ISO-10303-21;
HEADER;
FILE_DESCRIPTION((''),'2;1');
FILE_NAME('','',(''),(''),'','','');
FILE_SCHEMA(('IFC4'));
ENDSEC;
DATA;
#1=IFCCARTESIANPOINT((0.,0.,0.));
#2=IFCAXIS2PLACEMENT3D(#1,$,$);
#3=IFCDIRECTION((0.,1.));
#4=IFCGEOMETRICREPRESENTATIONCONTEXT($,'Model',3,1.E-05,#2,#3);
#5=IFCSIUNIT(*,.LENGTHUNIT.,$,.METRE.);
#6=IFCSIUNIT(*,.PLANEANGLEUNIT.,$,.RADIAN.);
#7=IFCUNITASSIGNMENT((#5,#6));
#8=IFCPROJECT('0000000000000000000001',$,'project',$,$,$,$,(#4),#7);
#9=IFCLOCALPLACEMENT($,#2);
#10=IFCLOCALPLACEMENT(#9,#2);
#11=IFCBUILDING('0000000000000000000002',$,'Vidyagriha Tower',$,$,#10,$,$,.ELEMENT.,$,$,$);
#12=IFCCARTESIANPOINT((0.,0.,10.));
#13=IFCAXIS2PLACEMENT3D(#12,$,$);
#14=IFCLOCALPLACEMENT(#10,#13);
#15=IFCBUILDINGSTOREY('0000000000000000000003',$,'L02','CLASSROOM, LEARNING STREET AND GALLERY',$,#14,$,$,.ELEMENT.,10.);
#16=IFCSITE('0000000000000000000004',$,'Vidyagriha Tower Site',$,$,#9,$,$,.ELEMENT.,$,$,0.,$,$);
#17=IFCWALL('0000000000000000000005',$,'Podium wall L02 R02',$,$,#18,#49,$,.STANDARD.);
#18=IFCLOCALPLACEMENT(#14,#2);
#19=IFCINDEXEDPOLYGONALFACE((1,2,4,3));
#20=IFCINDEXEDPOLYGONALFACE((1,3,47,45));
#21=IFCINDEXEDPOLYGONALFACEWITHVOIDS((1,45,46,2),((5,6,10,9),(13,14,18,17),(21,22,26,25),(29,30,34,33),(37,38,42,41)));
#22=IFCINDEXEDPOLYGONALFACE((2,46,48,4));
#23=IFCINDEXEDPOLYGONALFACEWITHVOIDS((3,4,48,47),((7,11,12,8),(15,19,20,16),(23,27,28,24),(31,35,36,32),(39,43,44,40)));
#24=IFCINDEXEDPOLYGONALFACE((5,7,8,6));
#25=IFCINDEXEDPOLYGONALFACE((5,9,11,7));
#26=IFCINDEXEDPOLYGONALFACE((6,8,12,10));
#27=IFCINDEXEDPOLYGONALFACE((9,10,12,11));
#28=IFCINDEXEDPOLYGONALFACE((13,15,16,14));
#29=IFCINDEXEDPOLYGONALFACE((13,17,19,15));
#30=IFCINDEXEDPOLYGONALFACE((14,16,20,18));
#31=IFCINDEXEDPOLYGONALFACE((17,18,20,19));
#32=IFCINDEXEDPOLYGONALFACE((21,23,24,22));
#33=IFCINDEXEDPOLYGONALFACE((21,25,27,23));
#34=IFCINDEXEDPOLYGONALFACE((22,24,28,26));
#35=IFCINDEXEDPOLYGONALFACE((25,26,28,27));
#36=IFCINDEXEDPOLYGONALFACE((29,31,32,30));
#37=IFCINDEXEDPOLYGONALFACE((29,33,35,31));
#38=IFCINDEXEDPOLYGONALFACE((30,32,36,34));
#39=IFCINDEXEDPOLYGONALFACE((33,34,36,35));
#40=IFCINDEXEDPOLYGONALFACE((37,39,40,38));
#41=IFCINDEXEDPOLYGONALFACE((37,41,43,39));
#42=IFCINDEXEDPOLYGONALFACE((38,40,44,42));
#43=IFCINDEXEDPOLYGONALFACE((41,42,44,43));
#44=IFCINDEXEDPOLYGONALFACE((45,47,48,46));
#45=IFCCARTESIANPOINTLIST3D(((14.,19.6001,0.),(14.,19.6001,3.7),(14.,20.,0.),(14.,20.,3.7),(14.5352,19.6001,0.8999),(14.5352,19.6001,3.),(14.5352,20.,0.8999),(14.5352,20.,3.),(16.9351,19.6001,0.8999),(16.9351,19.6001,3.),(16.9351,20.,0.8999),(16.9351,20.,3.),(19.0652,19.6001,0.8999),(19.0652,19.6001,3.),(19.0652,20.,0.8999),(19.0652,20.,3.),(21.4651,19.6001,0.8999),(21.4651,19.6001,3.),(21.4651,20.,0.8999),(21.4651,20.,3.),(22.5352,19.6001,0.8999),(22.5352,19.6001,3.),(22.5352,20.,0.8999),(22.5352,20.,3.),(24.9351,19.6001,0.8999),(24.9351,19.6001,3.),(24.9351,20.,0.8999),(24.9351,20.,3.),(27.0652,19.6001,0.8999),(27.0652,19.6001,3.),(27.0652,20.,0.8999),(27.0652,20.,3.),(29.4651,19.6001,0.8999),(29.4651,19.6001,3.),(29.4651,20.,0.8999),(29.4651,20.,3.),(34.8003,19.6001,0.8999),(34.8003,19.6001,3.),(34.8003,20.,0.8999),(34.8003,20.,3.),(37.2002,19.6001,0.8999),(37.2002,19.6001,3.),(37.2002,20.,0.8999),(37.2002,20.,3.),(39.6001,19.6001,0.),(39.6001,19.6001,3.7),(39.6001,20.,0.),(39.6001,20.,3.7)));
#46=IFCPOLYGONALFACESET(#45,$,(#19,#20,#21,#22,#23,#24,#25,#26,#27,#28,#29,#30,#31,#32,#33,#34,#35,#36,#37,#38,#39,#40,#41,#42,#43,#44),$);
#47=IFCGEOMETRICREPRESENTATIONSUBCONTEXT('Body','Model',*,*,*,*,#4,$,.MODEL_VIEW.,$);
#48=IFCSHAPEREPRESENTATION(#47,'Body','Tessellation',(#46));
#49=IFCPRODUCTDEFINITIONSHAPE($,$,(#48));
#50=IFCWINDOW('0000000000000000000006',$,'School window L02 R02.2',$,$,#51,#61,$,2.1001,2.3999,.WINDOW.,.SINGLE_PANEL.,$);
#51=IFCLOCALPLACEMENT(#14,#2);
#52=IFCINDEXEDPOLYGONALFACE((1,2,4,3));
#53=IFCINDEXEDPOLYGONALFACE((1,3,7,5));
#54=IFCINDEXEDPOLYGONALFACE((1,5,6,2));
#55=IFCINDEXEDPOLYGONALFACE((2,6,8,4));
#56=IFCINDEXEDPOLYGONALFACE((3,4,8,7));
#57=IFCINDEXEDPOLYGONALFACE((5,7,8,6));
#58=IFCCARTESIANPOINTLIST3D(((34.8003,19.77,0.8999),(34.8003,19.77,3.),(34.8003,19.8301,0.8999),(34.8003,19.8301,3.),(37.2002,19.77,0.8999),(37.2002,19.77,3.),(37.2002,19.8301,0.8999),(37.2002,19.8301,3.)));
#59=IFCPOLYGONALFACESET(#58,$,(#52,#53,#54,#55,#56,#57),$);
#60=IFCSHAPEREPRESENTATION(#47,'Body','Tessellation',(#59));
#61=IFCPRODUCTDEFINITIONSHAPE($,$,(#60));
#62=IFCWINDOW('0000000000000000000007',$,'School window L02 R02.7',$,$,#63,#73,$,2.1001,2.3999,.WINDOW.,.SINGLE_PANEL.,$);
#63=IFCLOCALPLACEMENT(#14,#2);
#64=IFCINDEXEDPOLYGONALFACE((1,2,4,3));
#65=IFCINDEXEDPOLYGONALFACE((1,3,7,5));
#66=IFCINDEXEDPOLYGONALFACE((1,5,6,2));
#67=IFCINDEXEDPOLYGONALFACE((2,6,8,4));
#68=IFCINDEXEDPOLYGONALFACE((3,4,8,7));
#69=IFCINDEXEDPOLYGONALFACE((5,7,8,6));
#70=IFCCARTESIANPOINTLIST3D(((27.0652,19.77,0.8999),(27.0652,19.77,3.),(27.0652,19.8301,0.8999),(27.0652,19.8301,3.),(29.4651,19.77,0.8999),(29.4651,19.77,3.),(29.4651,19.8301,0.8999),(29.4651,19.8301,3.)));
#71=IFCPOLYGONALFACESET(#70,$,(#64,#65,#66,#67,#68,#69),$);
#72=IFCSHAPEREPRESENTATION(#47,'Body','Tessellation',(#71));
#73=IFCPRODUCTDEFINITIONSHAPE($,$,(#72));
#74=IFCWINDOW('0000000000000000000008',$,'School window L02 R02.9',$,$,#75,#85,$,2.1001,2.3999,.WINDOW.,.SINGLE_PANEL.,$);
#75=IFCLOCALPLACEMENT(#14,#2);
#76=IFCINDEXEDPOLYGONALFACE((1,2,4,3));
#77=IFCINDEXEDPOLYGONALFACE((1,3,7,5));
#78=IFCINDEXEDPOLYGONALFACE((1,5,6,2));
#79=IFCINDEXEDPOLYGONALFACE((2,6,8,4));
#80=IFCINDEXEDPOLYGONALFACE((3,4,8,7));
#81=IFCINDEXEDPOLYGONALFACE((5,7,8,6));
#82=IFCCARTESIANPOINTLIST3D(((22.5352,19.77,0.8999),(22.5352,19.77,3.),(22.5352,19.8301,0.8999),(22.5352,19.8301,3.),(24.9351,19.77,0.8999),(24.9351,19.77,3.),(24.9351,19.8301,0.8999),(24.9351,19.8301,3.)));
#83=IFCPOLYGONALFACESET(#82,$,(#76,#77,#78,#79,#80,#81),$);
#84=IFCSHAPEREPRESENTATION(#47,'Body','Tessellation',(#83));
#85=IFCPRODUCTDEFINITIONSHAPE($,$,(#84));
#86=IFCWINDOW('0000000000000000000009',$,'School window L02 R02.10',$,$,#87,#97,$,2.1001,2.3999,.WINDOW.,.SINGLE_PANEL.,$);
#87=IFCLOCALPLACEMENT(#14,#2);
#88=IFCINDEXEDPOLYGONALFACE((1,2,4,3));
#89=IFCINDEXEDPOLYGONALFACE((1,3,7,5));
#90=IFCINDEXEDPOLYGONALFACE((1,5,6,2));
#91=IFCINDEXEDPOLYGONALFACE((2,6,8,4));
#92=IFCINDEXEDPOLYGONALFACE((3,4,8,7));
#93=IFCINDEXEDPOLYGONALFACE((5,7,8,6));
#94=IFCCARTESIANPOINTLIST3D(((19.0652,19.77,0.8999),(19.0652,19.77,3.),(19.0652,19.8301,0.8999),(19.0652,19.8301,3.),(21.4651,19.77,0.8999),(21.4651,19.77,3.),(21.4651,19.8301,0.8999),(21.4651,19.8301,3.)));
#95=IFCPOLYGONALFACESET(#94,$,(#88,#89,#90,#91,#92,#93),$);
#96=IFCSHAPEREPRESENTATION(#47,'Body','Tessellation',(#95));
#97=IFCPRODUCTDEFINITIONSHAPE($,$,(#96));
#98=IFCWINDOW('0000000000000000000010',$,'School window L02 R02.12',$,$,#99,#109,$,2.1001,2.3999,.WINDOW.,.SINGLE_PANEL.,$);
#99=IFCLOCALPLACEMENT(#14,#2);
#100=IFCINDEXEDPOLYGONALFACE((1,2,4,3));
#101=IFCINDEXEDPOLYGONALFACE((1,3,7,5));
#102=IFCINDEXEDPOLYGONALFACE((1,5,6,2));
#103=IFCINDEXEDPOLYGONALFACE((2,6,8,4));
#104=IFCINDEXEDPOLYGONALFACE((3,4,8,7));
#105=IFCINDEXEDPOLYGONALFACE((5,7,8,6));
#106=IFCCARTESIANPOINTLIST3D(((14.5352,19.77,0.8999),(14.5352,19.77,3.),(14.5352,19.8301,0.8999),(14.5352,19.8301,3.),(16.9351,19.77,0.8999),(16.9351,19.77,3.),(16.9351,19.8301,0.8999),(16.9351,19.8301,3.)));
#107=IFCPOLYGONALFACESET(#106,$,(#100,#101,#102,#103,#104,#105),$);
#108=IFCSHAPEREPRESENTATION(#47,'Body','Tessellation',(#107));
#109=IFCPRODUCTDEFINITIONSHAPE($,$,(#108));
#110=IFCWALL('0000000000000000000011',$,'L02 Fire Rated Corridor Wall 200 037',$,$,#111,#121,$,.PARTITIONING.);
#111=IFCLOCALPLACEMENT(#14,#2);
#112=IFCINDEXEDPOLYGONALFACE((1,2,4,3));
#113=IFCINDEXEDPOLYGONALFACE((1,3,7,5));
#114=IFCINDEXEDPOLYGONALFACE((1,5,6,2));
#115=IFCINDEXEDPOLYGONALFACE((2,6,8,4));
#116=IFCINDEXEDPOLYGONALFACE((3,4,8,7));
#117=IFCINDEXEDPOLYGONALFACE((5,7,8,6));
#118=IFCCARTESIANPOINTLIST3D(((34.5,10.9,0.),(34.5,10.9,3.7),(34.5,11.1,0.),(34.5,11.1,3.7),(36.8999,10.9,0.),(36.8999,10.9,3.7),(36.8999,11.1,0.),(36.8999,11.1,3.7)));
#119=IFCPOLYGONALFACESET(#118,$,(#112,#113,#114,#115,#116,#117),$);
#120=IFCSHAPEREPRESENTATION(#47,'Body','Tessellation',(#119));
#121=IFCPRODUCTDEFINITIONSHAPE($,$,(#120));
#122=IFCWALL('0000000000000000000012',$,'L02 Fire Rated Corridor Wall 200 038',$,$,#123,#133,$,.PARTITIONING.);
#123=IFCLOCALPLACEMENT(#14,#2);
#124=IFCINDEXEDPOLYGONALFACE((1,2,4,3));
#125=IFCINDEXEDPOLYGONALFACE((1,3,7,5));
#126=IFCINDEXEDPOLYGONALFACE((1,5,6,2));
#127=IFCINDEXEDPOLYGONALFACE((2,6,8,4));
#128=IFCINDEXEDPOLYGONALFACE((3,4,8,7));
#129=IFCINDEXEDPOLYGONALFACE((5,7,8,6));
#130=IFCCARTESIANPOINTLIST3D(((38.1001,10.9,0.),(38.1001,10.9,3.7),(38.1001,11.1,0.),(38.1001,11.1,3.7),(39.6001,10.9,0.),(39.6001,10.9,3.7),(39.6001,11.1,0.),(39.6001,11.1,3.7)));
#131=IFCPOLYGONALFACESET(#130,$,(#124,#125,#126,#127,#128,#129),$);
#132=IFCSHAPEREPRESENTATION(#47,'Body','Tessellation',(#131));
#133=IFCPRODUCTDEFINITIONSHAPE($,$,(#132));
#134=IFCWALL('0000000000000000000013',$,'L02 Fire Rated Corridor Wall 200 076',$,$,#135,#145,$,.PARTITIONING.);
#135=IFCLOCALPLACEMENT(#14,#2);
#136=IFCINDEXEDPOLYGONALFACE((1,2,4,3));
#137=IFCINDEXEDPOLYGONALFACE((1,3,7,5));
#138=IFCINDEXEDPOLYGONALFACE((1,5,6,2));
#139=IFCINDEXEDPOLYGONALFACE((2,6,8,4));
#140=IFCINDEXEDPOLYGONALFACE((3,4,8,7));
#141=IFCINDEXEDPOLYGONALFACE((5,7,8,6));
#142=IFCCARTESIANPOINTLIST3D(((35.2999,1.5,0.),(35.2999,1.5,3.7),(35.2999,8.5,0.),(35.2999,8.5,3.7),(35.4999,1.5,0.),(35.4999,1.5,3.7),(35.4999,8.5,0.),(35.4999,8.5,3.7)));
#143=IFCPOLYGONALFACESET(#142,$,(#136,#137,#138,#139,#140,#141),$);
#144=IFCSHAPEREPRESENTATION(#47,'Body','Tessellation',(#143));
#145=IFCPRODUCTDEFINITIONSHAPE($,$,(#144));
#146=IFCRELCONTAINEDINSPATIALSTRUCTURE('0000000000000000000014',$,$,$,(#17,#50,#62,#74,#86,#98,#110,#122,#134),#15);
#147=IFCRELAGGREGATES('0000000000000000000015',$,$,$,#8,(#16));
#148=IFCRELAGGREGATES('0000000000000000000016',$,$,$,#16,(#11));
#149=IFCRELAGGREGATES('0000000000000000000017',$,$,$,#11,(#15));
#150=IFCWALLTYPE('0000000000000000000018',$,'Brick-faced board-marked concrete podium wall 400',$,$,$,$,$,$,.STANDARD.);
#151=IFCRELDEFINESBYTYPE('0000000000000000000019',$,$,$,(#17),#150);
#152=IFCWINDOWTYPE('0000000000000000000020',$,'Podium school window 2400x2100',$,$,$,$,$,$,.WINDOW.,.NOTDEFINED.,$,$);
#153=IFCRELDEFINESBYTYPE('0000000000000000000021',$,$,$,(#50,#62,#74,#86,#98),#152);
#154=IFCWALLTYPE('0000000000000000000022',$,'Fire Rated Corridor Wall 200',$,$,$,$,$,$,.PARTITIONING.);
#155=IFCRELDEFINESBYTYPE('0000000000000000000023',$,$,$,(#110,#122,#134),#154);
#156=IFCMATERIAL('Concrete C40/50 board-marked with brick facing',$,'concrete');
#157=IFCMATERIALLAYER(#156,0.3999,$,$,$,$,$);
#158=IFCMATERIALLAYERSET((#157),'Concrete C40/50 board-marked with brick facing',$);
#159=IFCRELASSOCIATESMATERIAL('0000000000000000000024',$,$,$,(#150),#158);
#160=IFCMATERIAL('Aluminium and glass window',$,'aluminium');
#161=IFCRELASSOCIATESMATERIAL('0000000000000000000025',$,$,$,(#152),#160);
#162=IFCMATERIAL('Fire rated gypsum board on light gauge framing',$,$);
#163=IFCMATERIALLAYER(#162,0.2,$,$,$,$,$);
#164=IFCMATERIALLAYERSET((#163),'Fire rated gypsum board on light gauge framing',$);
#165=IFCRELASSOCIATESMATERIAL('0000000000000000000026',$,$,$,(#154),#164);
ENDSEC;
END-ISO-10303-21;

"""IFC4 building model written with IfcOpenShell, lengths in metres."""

from ifc_helpers import new_model, si_unit, direction, frame, frame_2d, origin, place, context, subcontext, project, spatial, rectangle, extrude, material, layer, layer_set, type_object, element, fill, save


model = new_model("IFC4")

# Units and contexts
model_context = context("Model", 3, precision=1e-05, world=origin(), true_north=direction((0.0, 1.0)))
body_context = subcontext(model_context, "Body", "Model", "MODEL_VIEW")
ifc_project = project(units=[si_unit("LENGTHUNIT", "METRE"), si_unit("PLANEANGLEUNIT", "RADIAN")], contexts=[model_context])

# Site, building, storey
site_placement = place(None, origin())
site = spatial("IfcSite", under=ifc_project, at=site_placement, Name="Vidyagriha Tower Site", CompositionType="ELEMENT", RefElevation=0.0)
building_placement = place(site_placement, origin())
building = spatial("IfcBuilding", under=site, at=building_placement, Name="Vidyagriha Tower", CompositionType="ELEMENT")
storey_placement = place(building_placement, frame((0.0, 0.0, 10.0)))
storey = spatial("IfcBuildingStorey", under=building, at=storey_placement, Name="L02", Description="CLASSROOM, LEARNING STREET AND GALLERY", CompositionType="ELEMENT", Elevation=10.0)

# Wall, openings, windows
ifc_material_1 = material(Name="Concrete C40/50 board-marked with brick facing", Category="concrete")
ifc_layer_1 = layer(ifc_material_1, 0.3999)
ifc_layer_set_1 = layer_set([ifc_layer_1], Name="Concrete C40/50 board-marked with brick facing")
wall_type_1 = type_object("IfcWallType", Name="Brick-faced board-marked concrete podium wall 400", PredefinedType="STANDARD", material=ifc_layer_set_1)
wall_1_placement = place(storey_placement, frame((39.6001, 19.8, 0.0), z_axis=(0.0, 0.0, 1.0), x_axis=(-1.0, 0.0, 0.0)))
wall_1 = element("IfcWall", 1, at=wall_1_placement, inside=storey, type_object=wall_type_1, Name="Podium wall L02 R02", PredefinedType="STANDARD", context=body_context, shape_type="SweptSolid", body=[
    extrude(rectangle(XDim=25.6001, YDim=0.3999, at=frame_2d((12.8, 0.0))), origin(), (0.0, 0.0, 1.0), 3.7),
])
opening_1_placement = place(wall_1_placement, frame((2.3999, 0.0, 0.8999)))
opening_1 = element("IfcOpeningElement", 2, at=opening_1_placement, cuts=wall_1, PredefinedType="OPENING", context=body_context, shape_type="SweptSolid", body=[
    extrude(rectangle(XDim=2.3999, YDim=2.1001, at=frame_2d((1.2, 1.05))), frame((0.0, 0.21, 0.0), z_axis=(0.0, -1.0, 0.0), x_axis=(1.0, 0.0, 0.0)), (0.0, 0.0, 1.0), 0.4199),
])
opening_2_placement = place(wall_1_placement, frame((10.135, 0.0, 0.8999)))
opening_2 = element("IfcOpeningElement", 3, at=opening_2_placement, cuts=wall_1, PredefinedType="OPENING", context=body_context, shape_type="SweptSolid", body=[
    extrude(rectangle(XDim=2.3999, YDim=2.1001, at=frame_2d((1.2, 1.05))), frame((0.0, 0.21, 0.0), z_axis=(0.0, -1.0, 0.0), x_axis=(1.0, 0.0, 0.0)), (0.0, 0.0, 1.0), 0.4199),
])
opening_3_placement = place(wall_1_placement, frame((14.665, 0.0, 0.8999)))
opening_3 = element("IfcOpeningElement", 4, at=opening_3_placement, cuts=wall_1, PredefinedType="OPENING", context=body_context, shape_type="SweptSolid", body=[
    extrude(rectangle(XDim=2.3999, YDim=2.1001, at=frame_2d((1.2, 1.05))), frame((0.0, 0.21, 0.0), z_axis=(0.0, -1.0, 0.0), x_axis=(1.0, 0.0, 0.0)), (0.0, 0.0, 1.0), 0.4199),
])
opening_4_placement = place(wall_1_placement, frame((18.135, 0.0, 0.8999)))
opening_4 = element("IfcOpeningElement", 5, at=opening_4_placement, cuts=wall_1, PredefinedType="OPENING", context=body_context, shape_type="SweptSolid", body=[
    extrude(rectangle(XDim=2.3999, YDim=2.1001, at=frame_2d((1.2, 1.05))), frame((0.0, 0.21, 0.0), z_axis=(0.0, -1.0, 0.0), x_axis=(1.0, 0.0, 0.0)), (0.0, 0.0, 1.0), 0.4199),
])
opening_5_placement = place(wall_1_placement, frame((22.665, 0.0, 0.8999)))
opening_5 = element("IfcOpeningElement", 6, at=opening_5_placement, cuts=wall_1, PredefinedType="OPENING", context=body_context, shape_type="SweptSolid", body=[
    extrude(rectangle(XDim=2.3999, YDim=2.1001, at=frame_2d((1.2, 1.05))), frame((0.0, 0.21, 0.0), z_axis=(0.0, -1.0, 0.0), x_axis=(1.0, 0.0, 0.0)), (0.0, 0.0, 1.0), 0.4199),
])
ifc_material_2 = material(Name="Aluminium and glass window", Category="aluminium")
window_type = type_object("IfcWindowType", Name="Podium school window 2400x2100", PartitioningType="NOTDEFINED", PredefinedType="WINDOW", material=ifc_material_2)
window_1_placement = place(opening_1_placement, origin())
window_1 = element("IfcWindow", 7, at=window_1_placement, inside=storey, type_object=window_type, Name="School window L02 R02.2", OverallHeight=2.1001, OverallWidth=2.3999, PartitioningType="SINGLE_PANEL", PredefinedType="WINDOW", context=body_context, shape_type="SweptSolid", body=[
    extrude(rectangle(XDim=2.3999, YDim=2.1001, at=frame_2d((1.2, 1.05))), frame((0.0, 0.03, 0.0), z_axis=(0.0, -1.0, 0.0), x_axis=(1.0, 0.0, 0.0)), (0.0, 0.0, 1.0), 0.0601),
])
fill(opening_1, window_1)
window_2_placement = place(opening_2_placement, origin())
window_2 = element("IfcWindow", 8, at=window_2_placement, inside=storey, type_object=window_type, Name="School window L02 R02.7", OverallHeight=2.1001, OverallWidth=2.3999, PartitioningType="SINGLE_PANEL", PredefinedType="WINDOW", context=body_context, shape_type="SweptSolid", body=[
    extrude(rectangle(XDim=2.3999, YDim=2.1001, at=frame_2d((1.2, 1.05))), frame((0.0, 0.03, 0.0), z_axis=(0.0, -1.0, 0.0), x_axis=(1.0, 0.0, 0.0)), (0.0, 0.0, 1.0), 0.0601),
])
fill(opening_2, window_2)
window_3_placement = place(opening_3_placement, origin())
window_3 = element("IfcWindow", 9, at=window_3_placement, inside=storey, type_object=window_type, Name="School window L02 R02.9", OverallHeight=2.1001, OverallWidth=2.3999, PartitioningType="SINGLE_PANEL", PredefinedType="WINDOW", context=body_context, shape_type="SweptSolid", body=[
    extrude(rectangle(XDim=2.3999, YDim=2.1001, at=frame_2d((1.2, 1.05))), frame((0.0, 0.03, 0.0), z_axis=(0.0, -1.0, 0.0), x_axis=(1.0, 0.0, 0.0)), (0.0, 0.0, 1.0), 0.0601),
])
fill(opening_3, window_3)
window_4_placement = place(opening_4_placement, origin())
window_4 = element("IfcWindow", 10, at=window_4_placement, inside=storey, type_object=window_type, Name="School window L02 R02.10", OverallHeight=2.1001, OverallWidth=2.3999, PartitioningType="SINGLE_PANEL", PredefinedType="WINDOW", context=body_context, shape_type="SweptSolid", body=[
    extrude(rectangle(XDim=2.3999, YDim=2.1001, at=frame_2d((1.2, 1.05))), frame((0.0, 0.03, 0.0), z_axis=(0.0, -1.0, 0.0), x_axis=(1.0, 0.0, 0.0)), (0.0, 0.0, 1.0), 0.0601),
])
fill(opening_4, window_4)
window_5_placement = place(opening_5_placement, origin())
window_5 = element("IfcWindow", 11, at=window_5_placement, inside=storey, type_object=window_type, Name="School window L02 R02.12", OverallHeight=2.1001, OverallWidth=2.3999, PartitioningType="SINGLE_PANEL", PredefinedType="WINDOW", context=body_context, shape_type="SweptSolid", body=[
    extrude(rectangle(XDim=2.3999, YDim=2.1001, at=frame_2d((1.2, 1.05))), frame((0.0, 0.03, 0.0), z_axis=(0.0, -1.0, 0.0), x_axis=(1.0, 0.0, 0.0)), (0.0, 0.0, 1.0), 0.0601),
])
fill(opening_5, window_5)

# Walls
ifc_material_3 = material(Name="Fire rated gypsum board on light gauge framing")
ifc_layer_2 = layer(ifc_material_3, 0.2)
ifc_layer_set_2 = layer_set([ifc_layer_2], Name="Fire rated gypsum board on light gauge framing")
wall_type_2 = type_object("IfcWallType", Name="Fire Rated Corridor Wall 200", PredefinedType="PARTITIONING", material=ifc_layer_set_2)
wall_2_placement = place(storey_placement, frame((34.5, 11.0, 0.0)))
element("IfcWall", 12, at=wall_2_placement, inside=storey, type_object=wall_type_2, Name="L02 Fire Rated Corridor Wall 200 037", PredefinedType="PARTITIONING", context=body_context, shape_type="SweptSolid", body=[
    extrude(rectangle(XDim=2.3999, YDim=0.2, at=frame_2d((1.2, 0.0))), origin(), (0.0, 0.0, 1.0), 3.7),
])
wall_3_placement = place(storey_placement, frame((38.1001, 11.0, 0.0)))
element("IfcWall", 13, at=wall_3_placement, inside=storey, type_object=wall_type_2, Name="L02 Fire Rated Corridor Wall 200 038", PredefinedType="PARTITIONING", context=body_context, shape_type="SweptSolid", body=[
    extrude(rectangle(XDim=1.5, YDim=0.2, at=frame_2d((0.75, 0.0))), origin(), (0.0, 0.0, 1.0), 3.7),
])
wall_4_placement = place(storey_placement, frame((35.3999, 1.5, 0.0), z_axis=(0.0, 0.0, 1.0), x_axis=(0.0, 1.0, 0.0)))
element("IfcWall", 14, at=wall_4_placement, inside=storey, type_object=wall_type_2, Name="L02 Fire Rated Corridor Wall 200 076", PredefinedType="PARTITIONING", context=body_context, shape_type="SweptSolid", body=[
    extrude(rectangle(XDim=7.0, YDim=0.2, at=frame_2d((3.5, 0.0))), origin(), (0.0, 0.0, 1.0), 3.7),
])

save(model, "model.ifc")
